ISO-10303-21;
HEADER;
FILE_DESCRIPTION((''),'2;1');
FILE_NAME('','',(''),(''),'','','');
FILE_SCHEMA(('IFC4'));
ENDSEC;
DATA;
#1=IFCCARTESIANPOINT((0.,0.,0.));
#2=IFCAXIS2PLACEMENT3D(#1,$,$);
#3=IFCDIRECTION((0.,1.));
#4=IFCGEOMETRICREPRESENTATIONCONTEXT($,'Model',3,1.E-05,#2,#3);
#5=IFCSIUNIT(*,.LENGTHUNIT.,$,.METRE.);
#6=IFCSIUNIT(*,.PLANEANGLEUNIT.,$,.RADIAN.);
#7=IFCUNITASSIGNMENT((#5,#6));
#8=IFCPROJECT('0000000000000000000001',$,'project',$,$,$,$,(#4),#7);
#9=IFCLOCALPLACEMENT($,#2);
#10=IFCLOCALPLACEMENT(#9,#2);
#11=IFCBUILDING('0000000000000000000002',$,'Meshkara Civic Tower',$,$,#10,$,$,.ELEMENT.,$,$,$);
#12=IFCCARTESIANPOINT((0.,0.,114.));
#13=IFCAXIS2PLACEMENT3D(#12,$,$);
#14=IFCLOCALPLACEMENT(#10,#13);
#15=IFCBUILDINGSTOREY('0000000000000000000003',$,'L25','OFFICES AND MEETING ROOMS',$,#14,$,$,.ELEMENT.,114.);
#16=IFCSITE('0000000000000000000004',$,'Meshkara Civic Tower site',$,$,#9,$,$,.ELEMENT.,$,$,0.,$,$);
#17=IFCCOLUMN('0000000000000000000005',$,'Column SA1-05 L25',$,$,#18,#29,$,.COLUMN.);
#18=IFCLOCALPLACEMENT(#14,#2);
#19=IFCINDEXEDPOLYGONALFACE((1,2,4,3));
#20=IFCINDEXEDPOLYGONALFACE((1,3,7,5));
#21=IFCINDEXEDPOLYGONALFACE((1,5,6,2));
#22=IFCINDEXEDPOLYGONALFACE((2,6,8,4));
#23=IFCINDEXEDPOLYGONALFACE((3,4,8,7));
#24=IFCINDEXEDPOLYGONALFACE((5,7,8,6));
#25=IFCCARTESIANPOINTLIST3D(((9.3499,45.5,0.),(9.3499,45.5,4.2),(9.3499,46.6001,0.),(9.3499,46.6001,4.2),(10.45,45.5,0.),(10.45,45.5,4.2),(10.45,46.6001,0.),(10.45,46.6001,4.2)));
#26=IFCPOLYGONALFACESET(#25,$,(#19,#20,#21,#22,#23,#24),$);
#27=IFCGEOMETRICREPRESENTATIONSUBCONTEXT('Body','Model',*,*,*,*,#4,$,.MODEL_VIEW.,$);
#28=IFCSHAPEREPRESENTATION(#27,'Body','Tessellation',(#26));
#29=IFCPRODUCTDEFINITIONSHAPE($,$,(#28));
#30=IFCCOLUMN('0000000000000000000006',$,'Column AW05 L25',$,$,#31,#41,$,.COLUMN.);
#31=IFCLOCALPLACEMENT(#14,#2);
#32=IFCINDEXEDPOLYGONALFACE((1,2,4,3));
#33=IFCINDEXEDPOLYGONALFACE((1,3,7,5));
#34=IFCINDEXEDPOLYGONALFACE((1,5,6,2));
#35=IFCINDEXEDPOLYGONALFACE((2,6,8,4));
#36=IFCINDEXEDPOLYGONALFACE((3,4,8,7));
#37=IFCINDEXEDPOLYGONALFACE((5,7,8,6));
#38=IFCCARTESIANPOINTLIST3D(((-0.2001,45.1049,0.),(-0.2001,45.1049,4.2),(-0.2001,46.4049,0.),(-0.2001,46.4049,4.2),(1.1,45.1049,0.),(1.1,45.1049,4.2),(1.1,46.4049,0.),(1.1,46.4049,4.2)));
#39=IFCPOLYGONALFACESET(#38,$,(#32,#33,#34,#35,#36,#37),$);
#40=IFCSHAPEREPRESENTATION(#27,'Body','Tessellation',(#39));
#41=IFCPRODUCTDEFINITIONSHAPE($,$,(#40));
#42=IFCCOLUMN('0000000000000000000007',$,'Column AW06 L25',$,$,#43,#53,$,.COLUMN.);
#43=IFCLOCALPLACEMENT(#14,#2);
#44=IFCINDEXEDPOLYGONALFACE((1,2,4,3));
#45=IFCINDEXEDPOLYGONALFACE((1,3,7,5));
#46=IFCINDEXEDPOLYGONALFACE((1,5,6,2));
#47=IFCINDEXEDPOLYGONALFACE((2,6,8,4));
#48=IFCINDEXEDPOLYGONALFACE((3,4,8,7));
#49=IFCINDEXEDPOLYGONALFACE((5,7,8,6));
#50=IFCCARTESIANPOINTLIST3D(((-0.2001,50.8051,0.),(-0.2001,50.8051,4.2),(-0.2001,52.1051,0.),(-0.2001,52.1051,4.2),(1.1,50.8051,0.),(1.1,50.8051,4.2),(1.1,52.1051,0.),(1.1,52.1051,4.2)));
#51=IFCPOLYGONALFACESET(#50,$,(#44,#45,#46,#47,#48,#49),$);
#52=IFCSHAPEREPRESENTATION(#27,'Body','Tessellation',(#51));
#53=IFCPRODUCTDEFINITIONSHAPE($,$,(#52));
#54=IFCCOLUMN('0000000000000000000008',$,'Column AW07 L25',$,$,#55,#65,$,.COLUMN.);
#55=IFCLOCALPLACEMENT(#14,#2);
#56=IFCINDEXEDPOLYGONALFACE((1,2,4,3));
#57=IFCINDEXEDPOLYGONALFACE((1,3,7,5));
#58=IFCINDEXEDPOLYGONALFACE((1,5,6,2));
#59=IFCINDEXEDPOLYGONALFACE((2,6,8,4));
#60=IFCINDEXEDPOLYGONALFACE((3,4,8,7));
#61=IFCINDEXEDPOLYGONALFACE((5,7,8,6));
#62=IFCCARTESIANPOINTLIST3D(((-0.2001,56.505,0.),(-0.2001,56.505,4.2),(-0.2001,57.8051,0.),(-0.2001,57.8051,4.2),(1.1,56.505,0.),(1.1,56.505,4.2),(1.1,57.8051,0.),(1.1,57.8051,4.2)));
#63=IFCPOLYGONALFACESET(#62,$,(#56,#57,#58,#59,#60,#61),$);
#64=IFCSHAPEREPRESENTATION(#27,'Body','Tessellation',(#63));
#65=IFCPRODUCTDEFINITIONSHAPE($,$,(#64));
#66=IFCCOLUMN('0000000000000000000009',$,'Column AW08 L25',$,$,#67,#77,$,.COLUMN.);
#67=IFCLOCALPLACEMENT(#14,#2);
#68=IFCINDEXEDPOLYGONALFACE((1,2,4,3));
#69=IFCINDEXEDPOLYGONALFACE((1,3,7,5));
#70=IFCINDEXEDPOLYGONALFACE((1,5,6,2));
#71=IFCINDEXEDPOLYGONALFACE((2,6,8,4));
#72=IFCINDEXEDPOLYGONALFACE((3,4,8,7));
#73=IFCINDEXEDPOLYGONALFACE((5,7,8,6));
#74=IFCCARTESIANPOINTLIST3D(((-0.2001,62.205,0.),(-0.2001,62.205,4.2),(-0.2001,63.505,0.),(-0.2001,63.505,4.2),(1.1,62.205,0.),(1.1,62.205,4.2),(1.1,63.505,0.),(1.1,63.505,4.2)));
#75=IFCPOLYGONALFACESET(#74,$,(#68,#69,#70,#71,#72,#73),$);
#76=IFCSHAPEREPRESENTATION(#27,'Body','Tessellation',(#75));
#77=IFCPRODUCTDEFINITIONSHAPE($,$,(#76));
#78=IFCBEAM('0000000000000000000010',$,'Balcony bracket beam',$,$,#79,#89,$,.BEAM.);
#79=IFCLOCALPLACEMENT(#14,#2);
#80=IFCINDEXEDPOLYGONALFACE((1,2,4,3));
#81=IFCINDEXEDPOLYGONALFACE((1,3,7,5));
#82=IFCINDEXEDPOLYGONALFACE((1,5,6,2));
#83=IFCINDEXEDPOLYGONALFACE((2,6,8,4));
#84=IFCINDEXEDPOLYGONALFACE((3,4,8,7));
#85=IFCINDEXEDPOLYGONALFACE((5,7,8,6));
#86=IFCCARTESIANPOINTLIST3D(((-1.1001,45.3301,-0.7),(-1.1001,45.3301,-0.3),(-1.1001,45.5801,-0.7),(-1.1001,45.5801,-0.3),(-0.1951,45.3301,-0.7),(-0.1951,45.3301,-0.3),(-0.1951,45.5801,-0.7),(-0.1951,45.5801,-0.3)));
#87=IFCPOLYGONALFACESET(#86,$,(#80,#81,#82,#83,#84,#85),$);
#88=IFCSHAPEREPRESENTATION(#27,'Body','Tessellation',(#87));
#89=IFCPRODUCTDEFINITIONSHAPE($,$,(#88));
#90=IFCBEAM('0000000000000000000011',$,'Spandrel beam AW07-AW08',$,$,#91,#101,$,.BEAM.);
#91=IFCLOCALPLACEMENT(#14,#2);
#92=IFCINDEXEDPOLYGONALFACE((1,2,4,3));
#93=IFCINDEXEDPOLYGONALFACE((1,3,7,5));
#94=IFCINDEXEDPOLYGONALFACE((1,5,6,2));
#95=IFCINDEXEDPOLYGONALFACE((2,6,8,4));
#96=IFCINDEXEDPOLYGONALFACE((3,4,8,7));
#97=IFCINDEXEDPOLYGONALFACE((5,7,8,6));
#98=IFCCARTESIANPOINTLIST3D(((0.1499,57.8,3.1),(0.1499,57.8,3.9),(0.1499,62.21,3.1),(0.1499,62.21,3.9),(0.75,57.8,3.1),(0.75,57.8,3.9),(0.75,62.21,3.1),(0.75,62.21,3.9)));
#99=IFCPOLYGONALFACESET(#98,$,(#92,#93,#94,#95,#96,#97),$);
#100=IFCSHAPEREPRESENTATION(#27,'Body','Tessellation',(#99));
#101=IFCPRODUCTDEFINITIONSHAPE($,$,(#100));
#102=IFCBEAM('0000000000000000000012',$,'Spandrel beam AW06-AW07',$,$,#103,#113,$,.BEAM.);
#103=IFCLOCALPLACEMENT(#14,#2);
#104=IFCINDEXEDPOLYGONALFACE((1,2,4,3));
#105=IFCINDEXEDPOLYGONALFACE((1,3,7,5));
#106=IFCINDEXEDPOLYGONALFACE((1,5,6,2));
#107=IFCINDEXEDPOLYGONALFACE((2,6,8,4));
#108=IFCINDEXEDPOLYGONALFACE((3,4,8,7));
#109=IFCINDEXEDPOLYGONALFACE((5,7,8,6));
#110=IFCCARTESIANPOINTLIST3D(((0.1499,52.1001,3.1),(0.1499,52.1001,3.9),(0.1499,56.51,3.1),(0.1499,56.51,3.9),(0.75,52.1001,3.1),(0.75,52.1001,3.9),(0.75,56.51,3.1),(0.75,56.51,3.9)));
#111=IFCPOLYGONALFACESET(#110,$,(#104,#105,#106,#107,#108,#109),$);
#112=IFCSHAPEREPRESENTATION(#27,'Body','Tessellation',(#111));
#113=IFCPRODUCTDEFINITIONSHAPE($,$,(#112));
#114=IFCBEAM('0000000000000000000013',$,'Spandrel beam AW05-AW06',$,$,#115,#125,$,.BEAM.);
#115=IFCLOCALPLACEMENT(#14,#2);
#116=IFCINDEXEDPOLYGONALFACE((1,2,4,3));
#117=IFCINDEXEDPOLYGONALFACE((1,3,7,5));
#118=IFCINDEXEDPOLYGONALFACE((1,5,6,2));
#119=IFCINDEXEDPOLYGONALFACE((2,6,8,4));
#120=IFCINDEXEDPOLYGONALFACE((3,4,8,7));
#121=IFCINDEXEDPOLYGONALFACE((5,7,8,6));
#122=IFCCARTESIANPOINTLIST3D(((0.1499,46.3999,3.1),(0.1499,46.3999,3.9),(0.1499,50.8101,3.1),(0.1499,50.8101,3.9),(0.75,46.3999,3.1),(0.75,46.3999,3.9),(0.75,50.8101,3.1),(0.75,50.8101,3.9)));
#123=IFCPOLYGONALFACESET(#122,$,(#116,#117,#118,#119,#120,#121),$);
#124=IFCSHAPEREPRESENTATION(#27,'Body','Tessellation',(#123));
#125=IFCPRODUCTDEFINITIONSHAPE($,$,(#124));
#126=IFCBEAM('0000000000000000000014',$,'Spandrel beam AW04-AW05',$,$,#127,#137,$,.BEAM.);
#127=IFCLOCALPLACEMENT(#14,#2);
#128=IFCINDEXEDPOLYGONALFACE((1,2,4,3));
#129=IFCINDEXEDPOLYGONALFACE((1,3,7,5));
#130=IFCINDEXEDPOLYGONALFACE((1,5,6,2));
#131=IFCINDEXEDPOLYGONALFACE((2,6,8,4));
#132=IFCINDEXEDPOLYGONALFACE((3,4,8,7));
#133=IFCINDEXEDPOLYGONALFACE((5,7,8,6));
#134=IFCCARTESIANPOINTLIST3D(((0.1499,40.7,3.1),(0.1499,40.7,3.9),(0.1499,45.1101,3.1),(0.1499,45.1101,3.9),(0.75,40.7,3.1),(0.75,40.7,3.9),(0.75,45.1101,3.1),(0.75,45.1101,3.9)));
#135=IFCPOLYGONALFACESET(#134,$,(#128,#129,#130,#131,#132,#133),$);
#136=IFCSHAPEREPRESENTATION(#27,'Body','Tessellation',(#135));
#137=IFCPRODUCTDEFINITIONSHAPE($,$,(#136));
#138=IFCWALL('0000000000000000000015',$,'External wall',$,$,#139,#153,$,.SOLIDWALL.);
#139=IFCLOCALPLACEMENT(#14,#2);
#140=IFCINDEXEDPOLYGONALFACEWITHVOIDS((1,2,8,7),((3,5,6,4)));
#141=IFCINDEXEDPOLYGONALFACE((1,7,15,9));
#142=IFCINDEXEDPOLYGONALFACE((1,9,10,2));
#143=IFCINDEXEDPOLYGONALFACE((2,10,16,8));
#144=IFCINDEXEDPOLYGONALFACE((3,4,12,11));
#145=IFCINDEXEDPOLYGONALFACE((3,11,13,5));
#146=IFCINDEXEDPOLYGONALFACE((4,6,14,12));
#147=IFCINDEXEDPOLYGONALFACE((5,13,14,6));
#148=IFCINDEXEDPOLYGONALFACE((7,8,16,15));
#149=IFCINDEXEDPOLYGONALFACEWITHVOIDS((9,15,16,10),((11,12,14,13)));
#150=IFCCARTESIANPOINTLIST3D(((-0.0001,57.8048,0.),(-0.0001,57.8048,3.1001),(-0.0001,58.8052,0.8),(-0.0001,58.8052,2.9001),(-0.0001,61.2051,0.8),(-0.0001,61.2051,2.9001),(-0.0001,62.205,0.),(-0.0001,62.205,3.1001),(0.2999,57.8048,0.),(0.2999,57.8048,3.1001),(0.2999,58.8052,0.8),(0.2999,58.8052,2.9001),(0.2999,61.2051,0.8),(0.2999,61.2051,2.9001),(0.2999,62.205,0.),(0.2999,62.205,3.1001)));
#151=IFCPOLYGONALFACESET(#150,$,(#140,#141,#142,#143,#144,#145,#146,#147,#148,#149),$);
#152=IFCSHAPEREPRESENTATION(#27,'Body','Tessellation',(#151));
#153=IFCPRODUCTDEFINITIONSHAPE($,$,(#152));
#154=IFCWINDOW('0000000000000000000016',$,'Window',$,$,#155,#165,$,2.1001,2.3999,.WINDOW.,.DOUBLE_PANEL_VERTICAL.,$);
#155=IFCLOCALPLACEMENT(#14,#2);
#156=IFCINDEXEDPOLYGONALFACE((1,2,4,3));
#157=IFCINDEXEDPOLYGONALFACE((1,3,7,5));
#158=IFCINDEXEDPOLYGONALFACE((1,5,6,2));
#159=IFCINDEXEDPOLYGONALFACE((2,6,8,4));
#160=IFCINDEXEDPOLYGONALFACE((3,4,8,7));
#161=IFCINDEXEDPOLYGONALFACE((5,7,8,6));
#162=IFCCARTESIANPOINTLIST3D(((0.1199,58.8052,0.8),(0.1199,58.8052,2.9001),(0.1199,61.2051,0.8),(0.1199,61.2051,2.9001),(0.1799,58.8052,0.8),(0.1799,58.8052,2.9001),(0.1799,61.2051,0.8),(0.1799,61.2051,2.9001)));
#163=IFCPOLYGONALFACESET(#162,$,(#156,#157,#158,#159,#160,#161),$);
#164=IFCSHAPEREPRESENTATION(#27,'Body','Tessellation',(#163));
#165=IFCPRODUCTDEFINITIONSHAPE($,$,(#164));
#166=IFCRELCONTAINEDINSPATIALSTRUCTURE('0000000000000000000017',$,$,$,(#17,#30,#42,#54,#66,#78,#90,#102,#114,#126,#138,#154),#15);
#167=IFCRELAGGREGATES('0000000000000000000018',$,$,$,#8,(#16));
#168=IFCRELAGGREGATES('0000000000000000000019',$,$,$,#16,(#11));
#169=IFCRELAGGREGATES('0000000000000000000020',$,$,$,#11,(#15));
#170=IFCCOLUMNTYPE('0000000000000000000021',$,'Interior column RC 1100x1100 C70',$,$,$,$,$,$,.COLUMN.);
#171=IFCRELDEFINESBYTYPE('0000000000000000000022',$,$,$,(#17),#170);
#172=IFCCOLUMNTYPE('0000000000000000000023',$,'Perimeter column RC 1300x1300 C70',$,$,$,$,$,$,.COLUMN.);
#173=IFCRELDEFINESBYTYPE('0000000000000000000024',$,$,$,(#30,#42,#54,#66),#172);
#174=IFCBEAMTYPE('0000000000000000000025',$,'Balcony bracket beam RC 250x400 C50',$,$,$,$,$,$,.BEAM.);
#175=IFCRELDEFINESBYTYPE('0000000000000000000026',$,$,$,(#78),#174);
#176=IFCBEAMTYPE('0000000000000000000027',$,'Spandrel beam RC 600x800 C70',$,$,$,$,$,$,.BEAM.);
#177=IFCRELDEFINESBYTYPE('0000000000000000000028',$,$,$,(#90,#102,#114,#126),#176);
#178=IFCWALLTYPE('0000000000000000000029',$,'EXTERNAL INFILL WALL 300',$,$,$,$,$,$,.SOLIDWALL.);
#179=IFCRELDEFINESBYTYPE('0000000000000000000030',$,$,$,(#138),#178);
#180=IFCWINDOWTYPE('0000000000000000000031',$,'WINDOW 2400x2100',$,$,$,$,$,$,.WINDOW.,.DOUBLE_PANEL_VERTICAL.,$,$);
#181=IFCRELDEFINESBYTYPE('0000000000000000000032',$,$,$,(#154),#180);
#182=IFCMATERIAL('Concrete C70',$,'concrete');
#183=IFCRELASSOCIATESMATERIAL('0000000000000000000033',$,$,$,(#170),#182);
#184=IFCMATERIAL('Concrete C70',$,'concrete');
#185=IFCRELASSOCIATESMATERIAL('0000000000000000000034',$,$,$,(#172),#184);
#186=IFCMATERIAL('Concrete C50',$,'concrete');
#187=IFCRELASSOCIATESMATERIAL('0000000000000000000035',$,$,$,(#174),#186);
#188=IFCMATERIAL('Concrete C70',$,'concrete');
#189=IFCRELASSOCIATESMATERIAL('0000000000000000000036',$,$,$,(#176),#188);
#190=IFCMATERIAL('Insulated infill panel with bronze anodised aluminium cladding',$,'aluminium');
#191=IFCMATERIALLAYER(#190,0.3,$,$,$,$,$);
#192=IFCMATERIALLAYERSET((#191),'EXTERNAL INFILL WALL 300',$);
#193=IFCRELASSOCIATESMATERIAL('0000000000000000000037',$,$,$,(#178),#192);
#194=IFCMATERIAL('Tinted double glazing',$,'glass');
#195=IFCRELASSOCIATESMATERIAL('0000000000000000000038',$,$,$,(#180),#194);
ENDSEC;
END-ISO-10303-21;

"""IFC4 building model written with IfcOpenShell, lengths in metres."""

from ifc_helpers import new_model, si_unit, direction, frame, frame_2d, origin, origin_2d, place, context, subcontext, project, spatial, rectangle, extrude, material, layer, layer_set, material_profile, profile_set, type_object, element, fill, save


model = new_model("IFC4")

# Units and contexts
model_context = context("Model", 3, precision=1e-05, world=origin(), true_north=direction((0.0, 1.0)))
body_context = subcontext(model_context, "Body", "Model", "MODEL_VIEW")
ifc_project = project(units=[si_unit("LENGTHUNIT", "METRE"), si_unit("PLANEANGLEUNIT", "RADIAN")], contexts=[model_context])

# Site, building, storey
site_placement = place(None, origin())
site = spatial("IfcSite", under=ifc_project, at=site_placement, Name="Meshkara Civic Tower site", CompositionType="ELEMENT", RefElevation=0.0)
building_placement = place(site_placement, origin())
building = spatial("IfcBuilding", under=site, at=building_placement, Name="Meshkara Civic Tower", CompositionType="ELEMENT")
storey_placement = place(building_placement, frame((0.0, 0.0, 114.0)))
storey = spatial("IfcBuildingStorey", under=building, at=storey_placement, Name="L25", Description="OFFICES AND MEETING ROOMS", CompositionType="ELEMENT", Elevation=114.0)

# Columns
ifc_material_1 = material(Name="Concrete C70", Category="concrete")
ifc_material_profile_1 = material_profile(ifc_material_1, rectangle(XDim=1.1001, YDim=1.1001, at=origin_2d()))
ifc_profile_set_1 = profile_set([ifc_material_profile_1], Name="Concrete C70")
column_type_1 = type_object("IfcColumnType", Name="Interior column RC 1100x1100 C70", PredefinedType="COLUMN", material=ifc_profile_set_1)
column_placement = place(storey_placement, frame((9.8999, 46.05, 0.0), z_axis=(0.0, 0.0, 1.0), x_axis=(1.0, 0.0, 0.0)))
element("IfcColumn", 1, at=column_placement, inside=storey, type_object=column_type_1, Name="Column SA1-05 L25", PredefinedType="COLUMN", context=body_context, shape_type="SweptSolid", body=[
    extrude(rectangle(XDim=1.1001, YDim=1.1001, at=origin_2d()), origin(), (0.0, 0.0, 1.0), 4.2),
])
ifc_material_2 = material(Name="Concrete C70", Category="concrete")
ifc_material_profile_2 = material_profile(ifc_material_2, rectangle(XDim=1.3, YDim=1.3, at=origin_2d()))
ifc_profile_set_2 = profile_set([ifc_material_profile_2], Name="Concrete C70")
column_type_2 = type_object("IfcColumnType", Name="Perimeter column RC 1300x1300 C70", PredefinedType="COLUMN", material=ifc_profile_set_2)
for number, where, z_axis, x_axis, name in (
    (2, (0.45, 45.7549, 0.0), (0.0, 0.0, 1.0), (1.0, 0.0, 0.0), "Column AW05 L25"),
    (3, (0.45, 51.4551, 0.0), (0.0, 0.0, 1.0), (1.0, 0.0, 0.0), "Column AW06 L25"),
    (4, (0.45, 57.155, 0.0), (0.0, 0.0, 1.0), (1.0, 0.0, 0.0), "Column AW07 L25"),
    (5, (0.45, 62.855, 0.0), (0.0, 0.0, 1.0), (1.0, 0.0, 0.0), "Column AW08 L25"),
):
    element("IfcColumn", number, at=place(storey_placement, frame(where, z_axis=z_axis, x_axis=x_axis)), inside=storey, type_object=column_type_2, Name=name, PredefinedType="COLUMN", context=body_context, shape_type="SweptSolid", body=[
        extrude(rectangle(XDim=1.3, YDim=1.3, at=origin_2d()), origin(), (0.0, 0.0, 1.0), 4.2),
    ])

# Beams
ifc_material_3 = material(Name="Concrete C50", Category="concrete")
ifc_material_profile_3 = material_profile(ifc_material_3, rectangle(XDim=0.25, YDim=0.3999, at=origin_2d()))
ifc_profile_set_3 = profile_set([ifc_material_profile_3], Name="Concrete C50")
beam_type_1 = type_object("IfcBeamType", Name="Balcony bracket beam RC 250x400 C50", PredefinedType="BEAM", material=ifc_profile_set_3)
beam_placement = place(storey_placement, frame((-0.1951, 45.4551, -0.5), z_axis=(-1.0, 0.0, 0.0), x_axis=(0.0, -1.0, 0.0)))
element("IfcBeam", 6, at=beam_placement, inside=storey, type_object=beam_type_1, Name="Balcony bracket beam", PredefinedType="BEAM", context=body_context, shape_type="SweptSolid", body=[
    extrude(rectangle(XDim=0.25, YDim=0.3999, at=origin_2d()), origin(), (0.0, 0.0, 1.0), 0.905),
])
ifc_material_4 = material(Name="Concrete C70", Category="concrete")
ifc_material_profile_4 = material_profile(ifc_material_4, rectangle(XDim=0.6001, YDim=0.8, at=origin_2d()))
ifc_profile_set_4 = profile_set([ifc_material_profile_4], Name="Concrete C70")
beam_type_2 = type_object("IfcBeamType", Name="Spandrel beam RC 600x800 C70", PredefinedType="BEAM", material=ifc_profile_set_4)
for number, where, z_axis, x_axis, name in (
    (7, (0.45, 62.21, 3.5), (0.0, -1.0, 0.0), (1.0, 0.0, 0.0), "Spandrel beam AW07-AW08"),
    (8, (0.45, 56.51, 3.5), (0.0, -1.0, 0.0), (1.0, 0.0, 0.0), "Spandrel beam AW06-AW07"),
):
    element("IfcBeam", number, at=place(storey_placement, frame(where, z_axis=z_axis, x_axis=x_axis)), inside=storey, type_object=beam_type_2, Name=name, PredefinedType="BEAM", context=body_context, shape_type="SweptSolid", body=[
        extrude(rectangle(XDim=0.6001, YDim=0.8, at=origin_2d()), origin(), (0.0, 0.0, 1.0), 4.4099),
    ])
for number, where, z_axis, x_axis, name in (
    (9, (0.45, 50.8101, 3.5), (0.0, -1.0, 0.0), (1.0, 0.0, 0.0), "Spandrel beam AW05-AW06"),
    (10, (0.45, 45.1101, 3.5), (0.0, -1.0, 0.0), (1.0, 0.0, 0.0), "Spandrel beam AW04-AW05"),
):
    element("IfcBeam", number, at=place(storey_placement, frame(where, z_axis=z_axis, x_axis=x_axis)), inside=storey, type_object=beam_type_2, Name=name, PredefinedType="BEAM", context=body_context, shape_type="SweptSolid", body=[
        extrude(rectangle(XDim=0.6001, YDim=0.8, at=origin_2d()), origin(), (0.0, 0.0, 1.0), 4.4102),
    ])

# Wall, opening, window
ifc_material_5 = material(Name="Insulated infill panel with bronze anodised aluminium cladding", Category="aluminium")
ifc_layer_1 = layer(ifc_material_5, 0.3)
ifc_layer_set_1 = layer_set([ifc_layer_1], Name="EXTERNAL INFILL WALL 300")
wall_type_1 = type_object("IfcWallType", Name="EXTERNAL INFILL WALL 300", PredefinedType="SOLIDWALL", material=ifc_layer_set_1)
wall_1_placement = place(storey_placement, frame((0.1499, 62.2051, 0.0), z_axis=(0.0, 0.0, 1.0), x_axis=(0.0, -1.0, 0.0)))
wall_1 = element("IfcWall", 11, at=wall_1_placement, inside=storey, type_object=wall_type_1, Name="External wall", PredefinedType="SOLIDWALL", context=body_context, shape_type="SweptSolid", body=[
    extrude(rectangle(XDim=4.4001, YDim=0.3, at=frame_2d((2.2002, 0.0))), origin(), (0.0, 0.0, 1.0), 3.1001),
])
opening_1_placement = place(wall_1_placement, frame((1.0, 0.0, 0.8)))
opening_1 = element("IfcOpeningElement", 12, at=opening_1_placement, cuts=wall_1, PredefinedType="OPENING", context=body_context, shape_type="SweptSolid", body=[
    extrude(rectangle(XDim=2.3999, YDim=2.1001, at=frame_2d((1.2, 1.05))), frame((0.0, 0.1599, 0.0), z_axis=(0.0, -1.0, 0.0), x_axis=(1.0, 0.0, 0.0)), (0.0, 0.0, 1.0), 0.3201),
])
ifc_material_6 = material(Name="Tinted double glazing", Category="glass")
window_type = type_object("IfcWindowType", Name="WINDOW 2400x2100", PartitioningType="DOUBLE_PANEL_VERTICAL", PredefinedType="WINDOW", material=ifc_material_6)
window_1_placement = place(opening_1_placement, origin())
window_1 = element("IfcWindow", 13, at=window_1_placement, inside=storey, type_object=window_type, Name="Window", OverallHeight=2.1001, OverallWidth=2.3999, PartitioningType="DOUBLE_PANEL_VERTICAL", PredefinedType="WINDOW", context=body_context, shape_type="SweptSolid", body=[
    extrude(rectangle(XDim=2.3999, YDim=2.1001, at=frame_2d((1.2, 1.05))), frame((0.0, 0.03, 0.0), z_axis=(0.0, -1.0, 0.0), x_axis=(1.0, 0.0, 0.0)), (0.0, 0.0, 1.0), 0.0601),
])
fill(opening_1, window_1)

save(model, "model.ifc")
